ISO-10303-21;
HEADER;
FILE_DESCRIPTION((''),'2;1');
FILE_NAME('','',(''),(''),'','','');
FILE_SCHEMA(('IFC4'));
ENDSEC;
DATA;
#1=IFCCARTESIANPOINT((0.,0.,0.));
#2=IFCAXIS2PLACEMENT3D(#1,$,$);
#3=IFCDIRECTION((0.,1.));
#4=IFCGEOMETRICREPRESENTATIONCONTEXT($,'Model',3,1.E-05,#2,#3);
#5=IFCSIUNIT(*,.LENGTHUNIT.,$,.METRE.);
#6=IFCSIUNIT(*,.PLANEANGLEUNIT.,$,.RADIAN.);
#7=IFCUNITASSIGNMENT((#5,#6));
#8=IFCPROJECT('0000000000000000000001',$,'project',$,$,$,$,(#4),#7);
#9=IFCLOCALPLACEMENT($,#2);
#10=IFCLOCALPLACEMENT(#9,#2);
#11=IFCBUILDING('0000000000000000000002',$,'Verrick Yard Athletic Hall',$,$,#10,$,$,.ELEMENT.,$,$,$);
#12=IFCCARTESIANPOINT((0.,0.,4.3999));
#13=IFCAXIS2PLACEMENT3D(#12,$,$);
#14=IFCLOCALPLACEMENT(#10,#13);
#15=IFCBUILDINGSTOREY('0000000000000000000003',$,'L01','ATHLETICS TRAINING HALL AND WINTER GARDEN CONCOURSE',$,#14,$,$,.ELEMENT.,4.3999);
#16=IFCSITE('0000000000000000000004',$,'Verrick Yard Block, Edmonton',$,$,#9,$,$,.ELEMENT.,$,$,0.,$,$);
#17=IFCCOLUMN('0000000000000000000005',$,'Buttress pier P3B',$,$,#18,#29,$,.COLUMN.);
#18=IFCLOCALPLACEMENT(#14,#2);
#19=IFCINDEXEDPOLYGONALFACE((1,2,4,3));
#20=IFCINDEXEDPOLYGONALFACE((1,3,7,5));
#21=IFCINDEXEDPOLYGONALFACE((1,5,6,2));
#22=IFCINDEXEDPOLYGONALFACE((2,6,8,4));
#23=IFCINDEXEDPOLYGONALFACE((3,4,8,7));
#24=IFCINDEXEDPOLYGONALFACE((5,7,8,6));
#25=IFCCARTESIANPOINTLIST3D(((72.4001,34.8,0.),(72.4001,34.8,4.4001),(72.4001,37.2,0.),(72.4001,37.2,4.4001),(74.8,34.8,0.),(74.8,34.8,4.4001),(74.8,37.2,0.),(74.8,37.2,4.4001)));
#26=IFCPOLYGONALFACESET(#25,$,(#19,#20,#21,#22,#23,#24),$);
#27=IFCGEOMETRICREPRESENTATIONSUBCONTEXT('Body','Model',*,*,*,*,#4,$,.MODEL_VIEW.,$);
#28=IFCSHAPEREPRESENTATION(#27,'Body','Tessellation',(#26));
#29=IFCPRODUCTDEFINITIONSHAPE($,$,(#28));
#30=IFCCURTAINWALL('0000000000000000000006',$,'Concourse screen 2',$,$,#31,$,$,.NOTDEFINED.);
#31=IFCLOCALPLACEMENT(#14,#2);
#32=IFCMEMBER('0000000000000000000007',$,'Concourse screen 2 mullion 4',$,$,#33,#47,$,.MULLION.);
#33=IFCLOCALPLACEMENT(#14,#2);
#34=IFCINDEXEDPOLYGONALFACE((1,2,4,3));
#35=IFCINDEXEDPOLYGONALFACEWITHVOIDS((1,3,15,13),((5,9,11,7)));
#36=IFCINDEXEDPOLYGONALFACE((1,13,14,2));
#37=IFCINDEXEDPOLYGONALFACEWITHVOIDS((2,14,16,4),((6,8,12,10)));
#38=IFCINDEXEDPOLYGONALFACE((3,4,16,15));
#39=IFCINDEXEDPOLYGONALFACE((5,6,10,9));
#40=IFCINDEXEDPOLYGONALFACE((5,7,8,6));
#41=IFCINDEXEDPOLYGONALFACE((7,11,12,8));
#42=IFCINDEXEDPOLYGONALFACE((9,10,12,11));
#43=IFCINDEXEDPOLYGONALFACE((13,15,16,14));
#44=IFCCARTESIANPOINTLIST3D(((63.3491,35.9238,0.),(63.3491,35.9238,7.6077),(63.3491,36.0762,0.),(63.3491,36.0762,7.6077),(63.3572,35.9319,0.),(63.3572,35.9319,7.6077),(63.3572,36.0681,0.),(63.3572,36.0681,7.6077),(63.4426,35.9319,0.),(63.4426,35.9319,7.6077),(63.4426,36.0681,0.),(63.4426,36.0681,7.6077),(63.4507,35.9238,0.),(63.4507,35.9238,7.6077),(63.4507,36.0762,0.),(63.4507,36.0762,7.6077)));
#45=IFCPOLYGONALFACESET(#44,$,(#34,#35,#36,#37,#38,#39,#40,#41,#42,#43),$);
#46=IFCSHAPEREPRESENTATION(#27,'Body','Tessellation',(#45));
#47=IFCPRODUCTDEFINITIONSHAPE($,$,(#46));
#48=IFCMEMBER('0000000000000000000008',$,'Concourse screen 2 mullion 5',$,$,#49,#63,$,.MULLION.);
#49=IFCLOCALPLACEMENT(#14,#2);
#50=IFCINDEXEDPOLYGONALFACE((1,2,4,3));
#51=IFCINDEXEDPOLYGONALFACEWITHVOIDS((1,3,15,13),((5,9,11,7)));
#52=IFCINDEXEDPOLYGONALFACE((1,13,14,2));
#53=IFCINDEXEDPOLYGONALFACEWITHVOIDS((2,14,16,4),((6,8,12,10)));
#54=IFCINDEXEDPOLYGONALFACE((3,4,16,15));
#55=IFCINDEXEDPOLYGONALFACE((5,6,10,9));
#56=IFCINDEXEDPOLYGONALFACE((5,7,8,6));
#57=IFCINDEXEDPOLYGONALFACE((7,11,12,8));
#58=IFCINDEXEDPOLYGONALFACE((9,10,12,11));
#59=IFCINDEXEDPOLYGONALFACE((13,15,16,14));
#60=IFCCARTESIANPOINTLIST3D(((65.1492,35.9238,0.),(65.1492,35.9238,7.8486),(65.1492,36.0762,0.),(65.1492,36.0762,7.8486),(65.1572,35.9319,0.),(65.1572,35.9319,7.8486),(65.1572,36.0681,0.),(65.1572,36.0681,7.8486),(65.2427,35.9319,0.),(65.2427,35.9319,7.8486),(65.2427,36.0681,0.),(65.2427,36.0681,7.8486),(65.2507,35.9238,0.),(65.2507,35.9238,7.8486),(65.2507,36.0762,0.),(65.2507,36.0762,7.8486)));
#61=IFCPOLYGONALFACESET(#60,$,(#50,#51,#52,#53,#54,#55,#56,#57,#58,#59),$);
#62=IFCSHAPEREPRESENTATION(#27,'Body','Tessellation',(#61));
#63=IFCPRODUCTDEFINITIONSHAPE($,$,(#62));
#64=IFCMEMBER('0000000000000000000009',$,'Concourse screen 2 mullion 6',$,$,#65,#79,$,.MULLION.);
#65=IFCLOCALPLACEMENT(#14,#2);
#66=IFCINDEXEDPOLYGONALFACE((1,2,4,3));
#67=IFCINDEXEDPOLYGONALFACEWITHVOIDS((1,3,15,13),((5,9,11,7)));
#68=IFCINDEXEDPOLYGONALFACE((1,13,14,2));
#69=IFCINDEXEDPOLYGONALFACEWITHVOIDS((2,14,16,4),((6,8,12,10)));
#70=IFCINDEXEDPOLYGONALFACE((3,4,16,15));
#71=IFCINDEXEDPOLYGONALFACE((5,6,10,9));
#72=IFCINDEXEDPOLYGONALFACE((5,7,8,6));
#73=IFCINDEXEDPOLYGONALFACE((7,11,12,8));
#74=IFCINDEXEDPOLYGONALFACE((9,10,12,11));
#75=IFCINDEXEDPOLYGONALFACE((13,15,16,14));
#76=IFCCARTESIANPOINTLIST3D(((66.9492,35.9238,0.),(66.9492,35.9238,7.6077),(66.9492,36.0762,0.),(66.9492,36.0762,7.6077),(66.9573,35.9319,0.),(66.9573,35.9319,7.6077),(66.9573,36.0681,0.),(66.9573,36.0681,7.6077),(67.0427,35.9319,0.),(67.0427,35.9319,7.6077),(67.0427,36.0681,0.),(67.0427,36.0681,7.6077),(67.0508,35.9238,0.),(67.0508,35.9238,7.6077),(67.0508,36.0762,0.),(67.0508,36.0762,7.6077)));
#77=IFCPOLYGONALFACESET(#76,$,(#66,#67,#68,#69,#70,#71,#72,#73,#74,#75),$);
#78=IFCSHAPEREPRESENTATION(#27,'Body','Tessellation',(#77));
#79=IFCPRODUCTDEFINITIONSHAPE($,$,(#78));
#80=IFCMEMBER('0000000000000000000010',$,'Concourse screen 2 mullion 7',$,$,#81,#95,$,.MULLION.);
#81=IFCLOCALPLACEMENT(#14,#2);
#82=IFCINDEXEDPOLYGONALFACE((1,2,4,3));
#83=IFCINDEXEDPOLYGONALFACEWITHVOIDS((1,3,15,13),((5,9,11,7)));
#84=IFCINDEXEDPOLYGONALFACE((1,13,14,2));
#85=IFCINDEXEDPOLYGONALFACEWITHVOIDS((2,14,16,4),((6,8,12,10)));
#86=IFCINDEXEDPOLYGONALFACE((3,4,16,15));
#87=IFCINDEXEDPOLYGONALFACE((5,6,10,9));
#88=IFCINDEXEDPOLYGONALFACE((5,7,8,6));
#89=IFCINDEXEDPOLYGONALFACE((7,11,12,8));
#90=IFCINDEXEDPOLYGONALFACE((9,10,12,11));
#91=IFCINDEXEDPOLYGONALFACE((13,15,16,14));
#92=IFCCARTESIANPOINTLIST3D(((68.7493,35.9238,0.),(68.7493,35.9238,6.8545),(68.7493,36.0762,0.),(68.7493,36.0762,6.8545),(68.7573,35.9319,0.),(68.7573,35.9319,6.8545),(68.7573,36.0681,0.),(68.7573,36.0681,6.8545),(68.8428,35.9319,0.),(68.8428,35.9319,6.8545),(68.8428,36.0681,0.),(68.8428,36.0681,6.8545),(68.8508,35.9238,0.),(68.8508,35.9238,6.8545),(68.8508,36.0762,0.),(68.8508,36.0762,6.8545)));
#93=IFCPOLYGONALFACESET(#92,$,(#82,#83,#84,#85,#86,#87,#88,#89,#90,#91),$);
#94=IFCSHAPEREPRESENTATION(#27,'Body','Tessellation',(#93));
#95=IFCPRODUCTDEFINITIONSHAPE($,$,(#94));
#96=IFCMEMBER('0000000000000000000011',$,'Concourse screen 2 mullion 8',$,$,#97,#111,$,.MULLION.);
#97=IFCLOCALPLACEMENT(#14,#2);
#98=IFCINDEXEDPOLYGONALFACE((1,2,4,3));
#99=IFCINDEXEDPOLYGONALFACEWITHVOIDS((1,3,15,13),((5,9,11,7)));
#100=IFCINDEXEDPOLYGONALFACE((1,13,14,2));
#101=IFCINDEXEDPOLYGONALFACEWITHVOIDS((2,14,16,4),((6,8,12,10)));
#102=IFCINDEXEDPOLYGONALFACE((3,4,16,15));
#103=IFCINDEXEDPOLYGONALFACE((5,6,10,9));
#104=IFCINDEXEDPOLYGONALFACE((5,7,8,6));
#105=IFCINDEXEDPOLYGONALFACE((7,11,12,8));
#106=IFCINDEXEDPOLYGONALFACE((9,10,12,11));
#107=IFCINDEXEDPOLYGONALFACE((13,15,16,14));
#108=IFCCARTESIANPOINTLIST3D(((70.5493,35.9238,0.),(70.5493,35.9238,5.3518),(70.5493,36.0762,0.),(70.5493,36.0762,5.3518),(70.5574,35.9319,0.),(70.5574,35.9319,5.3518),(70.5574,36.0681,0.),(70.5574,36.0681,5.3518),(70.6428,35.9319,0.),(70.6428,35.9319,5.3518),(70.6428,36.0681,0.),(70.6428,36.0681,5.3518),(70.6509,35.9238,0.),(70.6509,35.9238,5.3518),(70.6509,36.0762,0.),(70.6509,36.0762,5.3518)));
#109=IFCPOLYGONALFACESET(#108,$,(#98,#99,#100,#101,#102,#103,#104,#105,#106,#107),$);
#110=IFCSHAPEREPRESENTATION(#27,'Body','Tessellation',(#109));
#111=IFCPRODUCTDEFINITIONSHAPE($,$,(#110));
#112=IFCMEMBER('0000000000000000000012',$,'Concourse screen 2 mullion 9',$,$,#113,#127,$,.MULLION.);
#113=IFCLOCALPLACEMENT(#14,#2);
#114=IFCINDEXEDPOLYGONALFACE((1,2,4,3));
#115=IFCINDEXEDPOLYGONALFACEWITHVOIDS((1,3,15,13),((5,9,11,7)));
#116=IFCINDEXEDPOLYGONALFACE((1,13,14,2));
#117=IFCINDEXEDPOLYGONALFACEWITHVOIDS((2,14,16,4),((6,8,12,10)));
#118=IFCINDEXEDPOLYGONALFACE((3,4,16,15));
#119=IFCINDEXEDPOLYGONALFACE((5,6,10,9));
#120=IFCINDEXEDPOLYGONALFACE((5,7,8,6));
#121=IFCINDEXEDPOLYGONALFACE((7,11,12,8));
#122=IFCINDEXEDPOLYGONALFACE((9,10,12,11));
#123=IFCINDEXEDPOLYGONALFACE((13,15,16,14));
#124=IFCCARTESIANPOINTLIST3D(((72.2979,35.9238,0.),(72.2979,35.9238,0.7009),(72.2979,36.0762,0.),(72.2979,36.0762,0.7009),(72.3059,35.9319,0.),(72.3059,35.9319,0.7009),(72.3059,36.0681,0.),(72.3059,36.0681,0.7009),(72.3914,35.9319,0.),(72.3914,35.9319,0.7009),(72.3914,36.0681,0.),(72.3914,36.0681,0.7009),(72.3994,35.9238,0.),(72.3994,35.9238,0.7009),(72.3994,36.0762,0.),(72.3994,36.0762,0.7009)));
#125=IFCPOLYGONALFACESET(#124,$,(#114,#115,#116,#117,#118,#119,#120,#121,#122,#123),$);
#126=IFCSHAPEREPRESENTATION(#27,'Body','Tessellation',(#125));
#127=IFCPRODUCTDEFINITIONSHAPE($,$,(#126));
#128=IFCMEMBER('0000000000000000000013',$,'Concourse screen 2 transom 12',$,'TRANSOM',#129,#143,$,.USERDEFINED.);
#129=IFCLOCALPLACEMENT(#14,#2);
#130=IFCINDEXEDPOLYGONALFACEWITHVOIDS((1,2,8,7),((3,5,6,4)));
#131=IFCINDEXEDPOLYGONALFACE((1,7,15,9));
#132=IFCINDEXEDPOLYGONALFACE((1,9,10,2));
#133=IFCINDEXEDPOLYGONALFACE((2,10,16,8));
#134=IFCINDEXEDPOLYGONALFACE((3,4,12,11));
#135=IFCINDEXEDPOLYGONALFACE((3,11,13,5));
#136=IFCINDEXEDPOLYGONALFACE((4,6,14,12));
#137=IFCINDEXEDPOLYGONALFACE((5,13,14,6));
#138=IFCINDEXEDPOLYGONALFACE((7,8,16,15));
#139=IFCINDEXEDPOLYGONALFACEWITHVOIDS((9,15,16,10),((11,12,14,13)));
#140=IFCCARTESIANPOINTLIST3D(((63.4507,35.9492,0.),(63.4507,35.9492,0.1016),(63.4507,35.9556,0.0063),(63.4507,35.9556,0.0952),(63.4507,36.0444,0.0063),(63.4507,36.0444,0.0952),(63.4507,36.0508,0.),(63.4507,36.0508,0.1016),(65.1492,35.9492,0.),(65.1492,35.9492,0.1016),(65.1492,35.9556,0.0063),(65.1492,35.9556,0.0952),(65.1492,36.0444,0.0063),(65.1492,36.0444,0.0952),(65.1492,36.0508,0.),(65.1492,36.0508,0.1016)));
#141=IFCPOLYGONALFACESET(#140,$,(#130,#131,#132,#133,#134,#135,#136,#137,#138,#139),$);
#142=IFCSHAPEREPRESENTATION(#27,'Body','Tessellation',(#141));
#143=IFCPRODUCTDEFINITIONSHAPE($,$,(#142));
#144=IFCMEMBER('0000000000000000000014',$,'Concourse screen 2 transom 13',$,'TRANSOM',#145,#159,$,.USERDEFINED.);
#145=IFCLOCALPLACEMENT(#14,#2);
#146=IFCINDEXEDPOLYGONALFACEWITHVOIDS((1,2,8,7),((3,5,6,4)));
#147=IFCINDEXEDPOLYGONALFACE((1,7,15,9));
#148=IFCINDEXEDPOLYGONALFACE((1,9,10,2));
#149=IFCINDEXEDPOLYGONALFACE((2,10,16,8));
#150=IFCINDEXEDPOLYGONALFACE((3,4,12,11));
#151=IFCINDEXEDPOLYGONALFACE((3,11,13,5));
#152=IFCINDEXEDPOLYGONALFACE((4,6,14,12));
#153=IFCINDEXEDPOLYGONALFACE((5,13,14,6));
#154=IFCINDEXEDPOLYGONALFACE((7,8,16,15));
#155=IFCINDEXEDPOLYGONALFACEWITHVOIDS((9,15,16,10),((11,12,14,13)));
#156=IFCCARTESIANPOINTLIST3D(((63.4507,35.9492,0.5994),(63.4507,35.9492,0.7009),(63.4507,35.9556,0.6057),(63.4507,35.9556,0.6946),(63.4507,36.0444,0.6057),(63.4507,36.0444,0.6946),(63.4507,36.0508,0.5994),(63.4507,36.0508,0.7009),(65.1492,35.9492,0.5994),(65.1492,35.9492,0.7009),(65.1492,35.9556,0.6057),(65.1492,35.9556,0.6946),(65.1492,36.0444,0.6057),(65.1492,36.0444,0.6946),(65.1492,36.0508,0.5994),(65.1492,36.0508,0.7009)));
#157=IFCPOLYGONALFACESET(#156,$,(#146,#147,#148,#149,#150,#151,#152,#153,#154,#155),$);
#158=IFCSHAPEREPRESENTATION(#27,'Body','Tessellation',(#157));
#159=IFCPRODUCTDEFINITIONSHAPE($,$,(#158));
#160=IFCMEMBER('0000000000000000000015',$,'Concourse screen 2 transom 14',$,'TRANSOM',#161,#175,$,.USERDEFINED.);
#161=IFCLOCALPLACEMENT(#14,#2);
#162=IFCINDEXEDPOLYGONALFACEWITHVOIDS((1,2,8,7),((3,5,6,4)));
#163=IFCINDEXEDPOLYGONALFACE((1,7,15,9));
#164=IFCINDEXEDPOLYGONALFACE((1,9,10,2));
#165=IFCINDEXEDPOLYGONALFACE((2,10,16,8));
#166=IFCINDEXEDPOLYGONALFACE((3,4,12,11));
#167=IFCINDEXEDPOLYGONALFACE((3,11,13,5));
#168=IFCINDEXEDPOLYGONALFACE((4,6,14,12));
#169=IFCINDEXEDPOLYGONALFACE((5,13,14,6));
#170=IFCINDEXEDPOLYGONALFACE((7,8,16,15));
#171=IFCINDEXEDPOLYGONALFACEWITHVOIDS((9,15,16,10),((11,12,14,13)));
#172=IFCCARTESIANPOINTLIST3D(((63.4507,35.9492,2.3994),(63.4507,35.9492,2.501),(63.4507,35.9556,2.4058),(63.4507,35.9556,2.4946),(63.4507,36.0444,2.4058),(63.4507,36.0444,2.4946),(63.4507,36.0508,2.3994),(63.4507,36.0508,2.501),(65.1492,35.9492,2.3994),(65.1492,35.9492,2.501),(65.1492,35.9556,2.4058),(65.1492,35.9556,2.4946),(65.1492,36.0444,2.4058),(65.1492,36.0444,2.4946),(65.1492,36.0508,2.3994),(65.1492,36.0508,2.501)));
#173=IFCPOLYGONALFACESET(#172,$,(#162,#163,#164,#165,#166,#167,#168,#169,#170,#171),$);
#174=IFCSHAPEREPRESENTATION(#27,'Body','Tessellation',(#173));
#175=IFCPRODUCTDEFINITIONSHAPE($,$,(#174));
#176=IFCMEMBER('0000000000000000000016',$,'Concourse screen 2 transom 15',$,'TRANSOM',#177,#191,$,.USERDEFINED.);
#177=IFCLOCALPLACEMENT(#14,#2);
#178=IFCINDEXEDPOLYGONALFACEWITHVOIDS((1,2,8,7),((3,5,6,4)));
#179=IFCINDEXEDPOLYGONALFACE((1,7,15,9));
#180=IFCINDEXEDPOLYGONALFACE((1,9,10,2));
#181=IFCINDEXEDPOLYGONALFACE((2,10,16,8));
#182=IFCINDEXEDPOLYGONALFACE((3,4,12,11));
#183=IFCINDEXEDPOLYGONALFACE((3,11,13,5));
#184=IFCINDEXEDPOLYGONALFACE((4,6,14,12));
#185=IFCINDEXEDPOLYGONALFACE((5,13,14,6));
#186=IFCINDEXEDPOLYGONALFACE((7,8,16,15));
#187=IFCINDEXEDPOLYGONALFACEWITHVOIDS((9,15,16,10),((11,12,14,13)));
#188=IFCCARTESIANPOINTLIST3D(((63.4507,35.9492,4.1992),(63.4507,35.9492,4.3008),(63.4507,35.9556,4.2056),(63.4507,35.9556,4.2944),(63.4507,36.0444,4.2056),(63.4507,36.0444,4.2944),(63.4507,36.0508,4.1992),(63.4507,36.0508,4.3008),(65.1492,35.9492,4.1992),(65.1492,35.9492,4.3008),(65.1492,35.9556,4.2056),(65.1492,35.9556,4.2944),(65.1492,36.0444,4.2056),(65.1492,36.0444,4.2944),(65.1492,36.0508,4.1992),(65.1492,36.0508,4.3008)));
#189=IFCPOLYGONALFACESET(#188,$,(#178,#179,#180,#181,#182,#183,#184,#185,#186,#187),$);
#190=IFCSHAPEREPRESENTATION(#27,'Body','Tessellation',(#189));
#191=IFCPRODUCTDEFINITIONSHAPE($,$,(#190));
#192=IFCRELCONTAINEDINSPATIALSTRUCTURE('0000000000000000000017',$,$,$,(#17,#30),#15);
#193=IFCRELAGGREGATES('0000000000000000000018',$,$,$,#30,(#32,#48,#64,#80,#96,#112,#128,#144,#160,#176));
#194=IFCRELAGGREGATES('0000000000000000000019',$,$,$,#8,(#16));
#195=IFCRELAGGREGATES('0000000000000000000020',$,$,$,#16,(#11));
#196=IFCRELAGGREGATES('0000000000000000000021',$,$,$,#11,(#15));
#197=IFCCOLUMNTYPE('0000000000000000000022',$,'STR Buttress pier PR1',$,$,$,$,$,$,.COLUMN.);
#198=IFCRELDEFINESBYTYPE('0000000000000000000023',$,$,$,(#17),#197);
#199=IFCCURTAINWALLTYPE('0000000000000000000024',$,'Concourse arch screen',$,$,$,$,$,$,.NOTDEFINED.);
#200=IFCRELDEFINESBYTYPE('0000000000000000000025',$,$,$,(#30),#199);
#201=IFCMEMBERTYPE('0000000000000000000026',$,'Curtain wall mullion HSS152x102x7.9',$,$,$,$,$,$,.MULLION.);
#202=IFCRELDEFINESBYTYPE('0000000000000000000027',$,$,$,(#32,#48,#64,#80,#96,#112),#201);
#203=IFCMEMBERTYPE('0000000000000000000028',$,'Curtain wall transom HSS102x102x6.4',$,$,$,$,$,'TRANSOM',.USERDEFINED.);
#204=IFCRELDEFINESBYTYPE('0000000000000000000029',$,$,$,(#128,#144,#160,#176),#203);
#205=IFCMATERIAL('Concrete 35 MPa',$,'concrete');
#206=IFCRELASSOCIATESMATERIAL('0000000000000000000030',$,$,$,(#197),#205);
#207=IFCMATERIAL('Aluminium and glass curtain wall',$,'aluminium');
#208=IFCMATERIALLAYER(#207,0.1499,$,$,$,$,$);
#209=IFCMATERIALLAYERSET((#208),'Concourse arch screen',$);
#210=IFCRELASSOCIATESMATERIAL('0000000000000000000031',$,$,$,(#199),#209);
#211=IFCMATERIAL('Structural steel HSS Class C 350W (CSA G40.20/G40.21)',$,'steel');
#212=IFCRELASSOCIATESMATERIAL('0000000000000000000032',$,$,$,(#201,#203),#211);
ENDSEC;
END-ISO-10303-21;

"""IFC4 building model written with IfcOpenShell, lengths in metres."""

from ifc_helpers import new_model, si_unit, direction, frame, origin, origin_2d, place, context, subcontext, project, spatial, rectangle, hollow_rectangle, extrude, material, layer, layer_set, material_profile, profile_set, type_object, element, aggregate, save


model = new_model("IFC4")

# Units and contexts
model_context = context("Model", 3, precision=1e-05, world=origin(), true_north=direction((0.0, 1.0)))
body_context = subcontext(model_context, "Body", "Model", "MODEL_VIEW")
ifc_project = project(units=[si_unit("LENGTHUNIT", "METRE"), si_unit("PLANEANGLEUNIT", "RADIAN")], contexts=[model_context])

# Site, building, storey
site_placement = place(None, origin())
site = spatial("IfcSite", under=ifc_project, at=site_placement, Name="Verrick Yard Block, Edmonton", CompositionType="ELEMENT", RefElevation=0.0)
building_placement = place(site_placement, origin())
building = spatial("IfcBuilding", under=site, at=building_placement, Name="Verrick Yard Athletic Hall", CompositionType="ELEMENT")
storey_placement = place(building_placement, frame((0.0, 0.0, 4.3999)))
storey = spatial("IfcBuildingStorey", under=building, at=storey_placement, Name="L01", Description="ATHLETICS TRAINING HALL AND WINTER GARDEN CONCOURSE", CompositionType="ELEMENT", Elevation=4.3999)

# Column
ifc_material_1 = material(Name="Concrete 35 MPa", Category="concrete")
ifc_material_profile_1 = material_profile(ifc_material_1, rectangle(XDim=2.3999, YDim=2.3999, at=origin_2d()), Name="STR Buttress pier PR1")
ifc_profile_set_1 = profile_set([ifc_material_profile_1], Name="Concrete 35 MPa")
column_type = type_object("IfcColumnType", Name="STR Buttress pier PR1", PredefinedType="COLUMN", material=ifc_profile_set_1)
column_placement = place(storey_placement, frame((73.6001, 36.0, 0.0), z_axis=(0.0, 0.0, 1.0), x_axis=(1.0, 0.0, 0.0)))
element("IfcColumn", 1, at=column_placement, inside=storey, type_object=column_type, Name="Buttress pier P3B", PredefinedType="COLUMN", context=body_context, shape_type="SweptSolid", body=[
    extrude(rectangle(XDim=2.3999, YDim=2.3999, at=origin_2d()), origin(), (0.0, 0.0, 1.0), 4.4001),
])

# Curtain wall, members
ifc_material_2 = material(Name="Aluminium and glass curtain wall", Category="aluminium")
ifc_layer = layer(ifc_material_2, 0.1499)
ifc_layer_set = layer_set([ifc_layer], Name="Concourse arch screen")
curtain_wall_type = type_object("IfcCurtainWallType", Name="Concourse arch screen", PredefinedType="NOTDEFINED", material=ifc_layer_set)
curtain_wall_placement = place(storey_placement, origin())
curtain_wall = element("IfcCurtainWall", 2, at=curtain_wall_placement, inside=storey, type_object=curtain_wall_type, Name="Concourse screen 2", PredefinedType="NOTDEFINED")
ifc_material_3 = material(Name="Structural steel HSS Class C 350W (CSA G40.20/G40.21)", Category="steel")
ifc_material_profile_2 = material_profile(ifc_material_3, hollow_rectangle(XDim=0.1016, YDim=0.1523, WallThickness=0.0081, at=origin_2d()), Name="HSS152x102x7.9")
ifc_profile_set_2 = profile_set([ifc_material_profile_2], Name="Structural steel HSS Class C 350W (CSA G40.20/G40.21)")
member_type_1 = type_object("IfcMemberType", Name="Curtain wall mullion HSS152x102x7.9", PredefinedType="MULLION", material=ifc_profile_set_2)
member_1_placement = place(storey_placement, frame((63.3999, 36.0, 0.0), z_axis=(0.0, 0.0, 1.0), x_axis=(1.0, 0.0, 0.0)))
member_1 = element("IfcMember", 3, at=member_1_placement, type_object=member_type_1, Name="Concourse screen 2 mullion 4", PredefinedType="MULLION", context=body_context, shape_type="SweptSolid", body=[
    extrude(hollow_rectangle(XDim=0.1016, YDim=0.1523, WallThickness=0.0081, at=origin_2d()), origin(), (0.0, 0.0, 1.0), 7.6077),
])
member_2_placement = place(storey_placement, frame((65.2, 36.0, 0.0), z_axis=(0.0, 0.0, 1.0), x_axis=(1.0, 0.0, 0.0)))
member_2 = element("IfcMember", 4, at=member_2_placement, type_object=member_type_1, Name="Concourse screen 2 mullion 5", PredefinedType="MULLION", context=body_context, shape_type="SweptSolid", body=[
    extrude(hollow_rectangle(XDim=0.1016, YDim=0.1523, WallThickness=0.0081, at=origin_2d()), origin(), (0.0, 0.0, 1.0), 7.8486),
])
member_3_placement = place(storey_placement, frame((67.0, 36.0, 0.0), z_axis=(0.0, 0.0, 1.0), x_axis=(1.0, 0.0, 0.0)))
member_3 = element("IfcMember", 5, at=member_3_placement, type_object=member_type_1, Name="Concourse screen 2 mullion 6", PredefinedType="MULLION", context=body_context, shape_type="SweptSolid", body=[
    extrude(hollow_rectangle(XDim=0.1016, YDim=0.1523, WallThickness=0.0081, at=origin_2d()), origin(), (0.0, 0.0, 1.0), 7.6077),
])
member_4_placement = place(storey_placement, frame((68.8, 36.0, 0.0), z_axis=(0.0, 0.0, 1.0), x_axis=(1.0, 0.0, 0.0)))
member_4 = element("IfcMember", 6, at=member_4_placement, type_object=member_type_1, Name="Concourse screen 2 mullion 7", PredefinedType="MULLION", context=body_context, shape_type="SweptSolid", body=[
    extrude(hollow_rectangle(XDim=0.1016, YDim=0.1523, WallThickness=0.0081, at=origin_2d()), origin(), (0.0, 0.0, 1.0), 6.8545),
])
member_5_placement = place(storey_placement, frame((70.6001, 36.0, 0.0), z_axis=(0.0, 0.0, 1.0), x_axis=(1.0, 0.0, 0.0)))
member_5 = element("IfcMember", 7, at=member_5_placement, type_object=member_type_1, Name="Concourse screen 2 mullion 8", PredefinedType="MULLION", context=body_context, shape_type="SweptSolid", body=[
    extrude(hollow_rectangle(XDim=0.1016, YDim=0.1523, WallThickness=0.0081, at=origin_2d()), origin(), (0.0, 0.0, 1.0), 5.3518),
])
member_6_placement = place(storey_placement, frame((72.3486, 36.0, 0.0), z_axis=(0.0, 0.0, 1.0), x_axis=(1.0, 0.0, 0.0)))
member_6 = element("IfcMember", 8, at=member_6_placement, type_object=member_type_1, Name="Concourse screen 2 mullion 9", PredefinedType="MULLION", context=body_context, shape_type="SweptSolid", body=[
    extrude(hollow_rectangle(XDim=0.1016, YDim=0.1523, WallThickness=0.0081, at=origin_2d()), origin(), (0.0, 0.0, 1.0), 0.7009),
])
ifc_material_profile_3 = material_profile(ifc_material_3, hollow_rectangle(XDim=0.1016, YDim=0.1016, WallThickness=0.0063, at=origin_2d()), Name="HSS102x102x6.4")
ifc_profile_set_3 = profile_set([ifc_material_profile_3], Name="Structural steel HSS Class C 350W (CSA G40.20/G40.21)")
member_type_2 = type_object("IfcMemberType", Name="Curtain wall transom HSS102x102x6.4", ElementType="TRANSOM", PredefinedType="USERDEFINED", material=ifc_profile_set_3)
member_7_placement = place(storey_placement, frame((63.4507, 36.0, 0.0508), z_axis=(1.0, 0.0, 0.0), x_axis=(0.0, 1.0, 0.0)))
member_7 = element("IfcMember", 9, at=member_7_placement, type_object=member_type_2, Name="Concourse screen 2 transom 12", ObjectType="TRANSOM", PredefinedType="USERDEFINED", context=body_context, shape_type="SweptSolid", body=[
    extrude(hollow_rectangle(XDim=0.1016, YDim=0.1016, WallThickness=0.0063, at=origin_2d()), origin(), (0.0, 0.0, 1.0), 1.6985),
])
member_8_placement = place(storey_placement, frame((63.4507, 36.0, 0.6501), z_axis=(1.0, 0.0, 0.0), x_axis=(0.0, 1.0, 0.0)))
member_8 = element("IfcMember", 10, at=member_8_placement, type_object=member_type_2, Name="Concourse screen 2 transom 13", ObjectType="TRANSOM", PredefinedType="USERDEFINED", context=body_context, shape_type="SweptSolid", body=[
    extrude(hollow_rectangle(XDim=0.1016, YDim=0.1016, WallThickness=0.0063, at=origin_2d()), origin(), (0.0, 0.0, 1.0), 1.6985),
])
member_9_placement = place(storey_placement, frame((63.4507, 36.0, 2.4502), z_axis=(1.0, 0.0, 0.0), x_axis=(0.0, 1.0, 0.0)))
member_9 = element("IfcMember", 11, at=member_9_placement, type_object=member_type_2, Name="Concourse screen 2 transom 14", ObjectType="TRANSOM", PredefinedType="USERDEFINED", context=body_context, shape_type="SweptSolid", body=[
    extrude(hollow_rectangle(XDim=0.1016, YDim=0.1016, WallThickness=0.0063, at=origin_2d()), origin(), (0.0, 0.0, 1.0), 1.6985),
])
member_10_placement = place(storey_placement, frame((63.4507, 36.0, 4.25), z_axis=(1.0, 0.0, 0.0), x_axis=(0.0, 1.0, 0.0)))
member_10 = element("IfcMember", 12, at=member_10_placement, type_object=member_type_2, Name="Concourse screen 2 transom 15", ObjectType="TRANSOM", PredefinedType="USERDEFINED", context=body_context, shape_type="SweptSolid", body=[
    extrude(hollow_rectangle(XDim=0.1016, YDim=0.1016, WallThickness=0.0063, at=origin_2d()), origin(), (0.0, 0.0, 1.0), 1.6985),
])
aggregate(curtain_wall, [member_1, member_2, member_3, member_4, member_5, member_6, member_7, member_8, member_9, member_10])

save(model, "model.ifc")
